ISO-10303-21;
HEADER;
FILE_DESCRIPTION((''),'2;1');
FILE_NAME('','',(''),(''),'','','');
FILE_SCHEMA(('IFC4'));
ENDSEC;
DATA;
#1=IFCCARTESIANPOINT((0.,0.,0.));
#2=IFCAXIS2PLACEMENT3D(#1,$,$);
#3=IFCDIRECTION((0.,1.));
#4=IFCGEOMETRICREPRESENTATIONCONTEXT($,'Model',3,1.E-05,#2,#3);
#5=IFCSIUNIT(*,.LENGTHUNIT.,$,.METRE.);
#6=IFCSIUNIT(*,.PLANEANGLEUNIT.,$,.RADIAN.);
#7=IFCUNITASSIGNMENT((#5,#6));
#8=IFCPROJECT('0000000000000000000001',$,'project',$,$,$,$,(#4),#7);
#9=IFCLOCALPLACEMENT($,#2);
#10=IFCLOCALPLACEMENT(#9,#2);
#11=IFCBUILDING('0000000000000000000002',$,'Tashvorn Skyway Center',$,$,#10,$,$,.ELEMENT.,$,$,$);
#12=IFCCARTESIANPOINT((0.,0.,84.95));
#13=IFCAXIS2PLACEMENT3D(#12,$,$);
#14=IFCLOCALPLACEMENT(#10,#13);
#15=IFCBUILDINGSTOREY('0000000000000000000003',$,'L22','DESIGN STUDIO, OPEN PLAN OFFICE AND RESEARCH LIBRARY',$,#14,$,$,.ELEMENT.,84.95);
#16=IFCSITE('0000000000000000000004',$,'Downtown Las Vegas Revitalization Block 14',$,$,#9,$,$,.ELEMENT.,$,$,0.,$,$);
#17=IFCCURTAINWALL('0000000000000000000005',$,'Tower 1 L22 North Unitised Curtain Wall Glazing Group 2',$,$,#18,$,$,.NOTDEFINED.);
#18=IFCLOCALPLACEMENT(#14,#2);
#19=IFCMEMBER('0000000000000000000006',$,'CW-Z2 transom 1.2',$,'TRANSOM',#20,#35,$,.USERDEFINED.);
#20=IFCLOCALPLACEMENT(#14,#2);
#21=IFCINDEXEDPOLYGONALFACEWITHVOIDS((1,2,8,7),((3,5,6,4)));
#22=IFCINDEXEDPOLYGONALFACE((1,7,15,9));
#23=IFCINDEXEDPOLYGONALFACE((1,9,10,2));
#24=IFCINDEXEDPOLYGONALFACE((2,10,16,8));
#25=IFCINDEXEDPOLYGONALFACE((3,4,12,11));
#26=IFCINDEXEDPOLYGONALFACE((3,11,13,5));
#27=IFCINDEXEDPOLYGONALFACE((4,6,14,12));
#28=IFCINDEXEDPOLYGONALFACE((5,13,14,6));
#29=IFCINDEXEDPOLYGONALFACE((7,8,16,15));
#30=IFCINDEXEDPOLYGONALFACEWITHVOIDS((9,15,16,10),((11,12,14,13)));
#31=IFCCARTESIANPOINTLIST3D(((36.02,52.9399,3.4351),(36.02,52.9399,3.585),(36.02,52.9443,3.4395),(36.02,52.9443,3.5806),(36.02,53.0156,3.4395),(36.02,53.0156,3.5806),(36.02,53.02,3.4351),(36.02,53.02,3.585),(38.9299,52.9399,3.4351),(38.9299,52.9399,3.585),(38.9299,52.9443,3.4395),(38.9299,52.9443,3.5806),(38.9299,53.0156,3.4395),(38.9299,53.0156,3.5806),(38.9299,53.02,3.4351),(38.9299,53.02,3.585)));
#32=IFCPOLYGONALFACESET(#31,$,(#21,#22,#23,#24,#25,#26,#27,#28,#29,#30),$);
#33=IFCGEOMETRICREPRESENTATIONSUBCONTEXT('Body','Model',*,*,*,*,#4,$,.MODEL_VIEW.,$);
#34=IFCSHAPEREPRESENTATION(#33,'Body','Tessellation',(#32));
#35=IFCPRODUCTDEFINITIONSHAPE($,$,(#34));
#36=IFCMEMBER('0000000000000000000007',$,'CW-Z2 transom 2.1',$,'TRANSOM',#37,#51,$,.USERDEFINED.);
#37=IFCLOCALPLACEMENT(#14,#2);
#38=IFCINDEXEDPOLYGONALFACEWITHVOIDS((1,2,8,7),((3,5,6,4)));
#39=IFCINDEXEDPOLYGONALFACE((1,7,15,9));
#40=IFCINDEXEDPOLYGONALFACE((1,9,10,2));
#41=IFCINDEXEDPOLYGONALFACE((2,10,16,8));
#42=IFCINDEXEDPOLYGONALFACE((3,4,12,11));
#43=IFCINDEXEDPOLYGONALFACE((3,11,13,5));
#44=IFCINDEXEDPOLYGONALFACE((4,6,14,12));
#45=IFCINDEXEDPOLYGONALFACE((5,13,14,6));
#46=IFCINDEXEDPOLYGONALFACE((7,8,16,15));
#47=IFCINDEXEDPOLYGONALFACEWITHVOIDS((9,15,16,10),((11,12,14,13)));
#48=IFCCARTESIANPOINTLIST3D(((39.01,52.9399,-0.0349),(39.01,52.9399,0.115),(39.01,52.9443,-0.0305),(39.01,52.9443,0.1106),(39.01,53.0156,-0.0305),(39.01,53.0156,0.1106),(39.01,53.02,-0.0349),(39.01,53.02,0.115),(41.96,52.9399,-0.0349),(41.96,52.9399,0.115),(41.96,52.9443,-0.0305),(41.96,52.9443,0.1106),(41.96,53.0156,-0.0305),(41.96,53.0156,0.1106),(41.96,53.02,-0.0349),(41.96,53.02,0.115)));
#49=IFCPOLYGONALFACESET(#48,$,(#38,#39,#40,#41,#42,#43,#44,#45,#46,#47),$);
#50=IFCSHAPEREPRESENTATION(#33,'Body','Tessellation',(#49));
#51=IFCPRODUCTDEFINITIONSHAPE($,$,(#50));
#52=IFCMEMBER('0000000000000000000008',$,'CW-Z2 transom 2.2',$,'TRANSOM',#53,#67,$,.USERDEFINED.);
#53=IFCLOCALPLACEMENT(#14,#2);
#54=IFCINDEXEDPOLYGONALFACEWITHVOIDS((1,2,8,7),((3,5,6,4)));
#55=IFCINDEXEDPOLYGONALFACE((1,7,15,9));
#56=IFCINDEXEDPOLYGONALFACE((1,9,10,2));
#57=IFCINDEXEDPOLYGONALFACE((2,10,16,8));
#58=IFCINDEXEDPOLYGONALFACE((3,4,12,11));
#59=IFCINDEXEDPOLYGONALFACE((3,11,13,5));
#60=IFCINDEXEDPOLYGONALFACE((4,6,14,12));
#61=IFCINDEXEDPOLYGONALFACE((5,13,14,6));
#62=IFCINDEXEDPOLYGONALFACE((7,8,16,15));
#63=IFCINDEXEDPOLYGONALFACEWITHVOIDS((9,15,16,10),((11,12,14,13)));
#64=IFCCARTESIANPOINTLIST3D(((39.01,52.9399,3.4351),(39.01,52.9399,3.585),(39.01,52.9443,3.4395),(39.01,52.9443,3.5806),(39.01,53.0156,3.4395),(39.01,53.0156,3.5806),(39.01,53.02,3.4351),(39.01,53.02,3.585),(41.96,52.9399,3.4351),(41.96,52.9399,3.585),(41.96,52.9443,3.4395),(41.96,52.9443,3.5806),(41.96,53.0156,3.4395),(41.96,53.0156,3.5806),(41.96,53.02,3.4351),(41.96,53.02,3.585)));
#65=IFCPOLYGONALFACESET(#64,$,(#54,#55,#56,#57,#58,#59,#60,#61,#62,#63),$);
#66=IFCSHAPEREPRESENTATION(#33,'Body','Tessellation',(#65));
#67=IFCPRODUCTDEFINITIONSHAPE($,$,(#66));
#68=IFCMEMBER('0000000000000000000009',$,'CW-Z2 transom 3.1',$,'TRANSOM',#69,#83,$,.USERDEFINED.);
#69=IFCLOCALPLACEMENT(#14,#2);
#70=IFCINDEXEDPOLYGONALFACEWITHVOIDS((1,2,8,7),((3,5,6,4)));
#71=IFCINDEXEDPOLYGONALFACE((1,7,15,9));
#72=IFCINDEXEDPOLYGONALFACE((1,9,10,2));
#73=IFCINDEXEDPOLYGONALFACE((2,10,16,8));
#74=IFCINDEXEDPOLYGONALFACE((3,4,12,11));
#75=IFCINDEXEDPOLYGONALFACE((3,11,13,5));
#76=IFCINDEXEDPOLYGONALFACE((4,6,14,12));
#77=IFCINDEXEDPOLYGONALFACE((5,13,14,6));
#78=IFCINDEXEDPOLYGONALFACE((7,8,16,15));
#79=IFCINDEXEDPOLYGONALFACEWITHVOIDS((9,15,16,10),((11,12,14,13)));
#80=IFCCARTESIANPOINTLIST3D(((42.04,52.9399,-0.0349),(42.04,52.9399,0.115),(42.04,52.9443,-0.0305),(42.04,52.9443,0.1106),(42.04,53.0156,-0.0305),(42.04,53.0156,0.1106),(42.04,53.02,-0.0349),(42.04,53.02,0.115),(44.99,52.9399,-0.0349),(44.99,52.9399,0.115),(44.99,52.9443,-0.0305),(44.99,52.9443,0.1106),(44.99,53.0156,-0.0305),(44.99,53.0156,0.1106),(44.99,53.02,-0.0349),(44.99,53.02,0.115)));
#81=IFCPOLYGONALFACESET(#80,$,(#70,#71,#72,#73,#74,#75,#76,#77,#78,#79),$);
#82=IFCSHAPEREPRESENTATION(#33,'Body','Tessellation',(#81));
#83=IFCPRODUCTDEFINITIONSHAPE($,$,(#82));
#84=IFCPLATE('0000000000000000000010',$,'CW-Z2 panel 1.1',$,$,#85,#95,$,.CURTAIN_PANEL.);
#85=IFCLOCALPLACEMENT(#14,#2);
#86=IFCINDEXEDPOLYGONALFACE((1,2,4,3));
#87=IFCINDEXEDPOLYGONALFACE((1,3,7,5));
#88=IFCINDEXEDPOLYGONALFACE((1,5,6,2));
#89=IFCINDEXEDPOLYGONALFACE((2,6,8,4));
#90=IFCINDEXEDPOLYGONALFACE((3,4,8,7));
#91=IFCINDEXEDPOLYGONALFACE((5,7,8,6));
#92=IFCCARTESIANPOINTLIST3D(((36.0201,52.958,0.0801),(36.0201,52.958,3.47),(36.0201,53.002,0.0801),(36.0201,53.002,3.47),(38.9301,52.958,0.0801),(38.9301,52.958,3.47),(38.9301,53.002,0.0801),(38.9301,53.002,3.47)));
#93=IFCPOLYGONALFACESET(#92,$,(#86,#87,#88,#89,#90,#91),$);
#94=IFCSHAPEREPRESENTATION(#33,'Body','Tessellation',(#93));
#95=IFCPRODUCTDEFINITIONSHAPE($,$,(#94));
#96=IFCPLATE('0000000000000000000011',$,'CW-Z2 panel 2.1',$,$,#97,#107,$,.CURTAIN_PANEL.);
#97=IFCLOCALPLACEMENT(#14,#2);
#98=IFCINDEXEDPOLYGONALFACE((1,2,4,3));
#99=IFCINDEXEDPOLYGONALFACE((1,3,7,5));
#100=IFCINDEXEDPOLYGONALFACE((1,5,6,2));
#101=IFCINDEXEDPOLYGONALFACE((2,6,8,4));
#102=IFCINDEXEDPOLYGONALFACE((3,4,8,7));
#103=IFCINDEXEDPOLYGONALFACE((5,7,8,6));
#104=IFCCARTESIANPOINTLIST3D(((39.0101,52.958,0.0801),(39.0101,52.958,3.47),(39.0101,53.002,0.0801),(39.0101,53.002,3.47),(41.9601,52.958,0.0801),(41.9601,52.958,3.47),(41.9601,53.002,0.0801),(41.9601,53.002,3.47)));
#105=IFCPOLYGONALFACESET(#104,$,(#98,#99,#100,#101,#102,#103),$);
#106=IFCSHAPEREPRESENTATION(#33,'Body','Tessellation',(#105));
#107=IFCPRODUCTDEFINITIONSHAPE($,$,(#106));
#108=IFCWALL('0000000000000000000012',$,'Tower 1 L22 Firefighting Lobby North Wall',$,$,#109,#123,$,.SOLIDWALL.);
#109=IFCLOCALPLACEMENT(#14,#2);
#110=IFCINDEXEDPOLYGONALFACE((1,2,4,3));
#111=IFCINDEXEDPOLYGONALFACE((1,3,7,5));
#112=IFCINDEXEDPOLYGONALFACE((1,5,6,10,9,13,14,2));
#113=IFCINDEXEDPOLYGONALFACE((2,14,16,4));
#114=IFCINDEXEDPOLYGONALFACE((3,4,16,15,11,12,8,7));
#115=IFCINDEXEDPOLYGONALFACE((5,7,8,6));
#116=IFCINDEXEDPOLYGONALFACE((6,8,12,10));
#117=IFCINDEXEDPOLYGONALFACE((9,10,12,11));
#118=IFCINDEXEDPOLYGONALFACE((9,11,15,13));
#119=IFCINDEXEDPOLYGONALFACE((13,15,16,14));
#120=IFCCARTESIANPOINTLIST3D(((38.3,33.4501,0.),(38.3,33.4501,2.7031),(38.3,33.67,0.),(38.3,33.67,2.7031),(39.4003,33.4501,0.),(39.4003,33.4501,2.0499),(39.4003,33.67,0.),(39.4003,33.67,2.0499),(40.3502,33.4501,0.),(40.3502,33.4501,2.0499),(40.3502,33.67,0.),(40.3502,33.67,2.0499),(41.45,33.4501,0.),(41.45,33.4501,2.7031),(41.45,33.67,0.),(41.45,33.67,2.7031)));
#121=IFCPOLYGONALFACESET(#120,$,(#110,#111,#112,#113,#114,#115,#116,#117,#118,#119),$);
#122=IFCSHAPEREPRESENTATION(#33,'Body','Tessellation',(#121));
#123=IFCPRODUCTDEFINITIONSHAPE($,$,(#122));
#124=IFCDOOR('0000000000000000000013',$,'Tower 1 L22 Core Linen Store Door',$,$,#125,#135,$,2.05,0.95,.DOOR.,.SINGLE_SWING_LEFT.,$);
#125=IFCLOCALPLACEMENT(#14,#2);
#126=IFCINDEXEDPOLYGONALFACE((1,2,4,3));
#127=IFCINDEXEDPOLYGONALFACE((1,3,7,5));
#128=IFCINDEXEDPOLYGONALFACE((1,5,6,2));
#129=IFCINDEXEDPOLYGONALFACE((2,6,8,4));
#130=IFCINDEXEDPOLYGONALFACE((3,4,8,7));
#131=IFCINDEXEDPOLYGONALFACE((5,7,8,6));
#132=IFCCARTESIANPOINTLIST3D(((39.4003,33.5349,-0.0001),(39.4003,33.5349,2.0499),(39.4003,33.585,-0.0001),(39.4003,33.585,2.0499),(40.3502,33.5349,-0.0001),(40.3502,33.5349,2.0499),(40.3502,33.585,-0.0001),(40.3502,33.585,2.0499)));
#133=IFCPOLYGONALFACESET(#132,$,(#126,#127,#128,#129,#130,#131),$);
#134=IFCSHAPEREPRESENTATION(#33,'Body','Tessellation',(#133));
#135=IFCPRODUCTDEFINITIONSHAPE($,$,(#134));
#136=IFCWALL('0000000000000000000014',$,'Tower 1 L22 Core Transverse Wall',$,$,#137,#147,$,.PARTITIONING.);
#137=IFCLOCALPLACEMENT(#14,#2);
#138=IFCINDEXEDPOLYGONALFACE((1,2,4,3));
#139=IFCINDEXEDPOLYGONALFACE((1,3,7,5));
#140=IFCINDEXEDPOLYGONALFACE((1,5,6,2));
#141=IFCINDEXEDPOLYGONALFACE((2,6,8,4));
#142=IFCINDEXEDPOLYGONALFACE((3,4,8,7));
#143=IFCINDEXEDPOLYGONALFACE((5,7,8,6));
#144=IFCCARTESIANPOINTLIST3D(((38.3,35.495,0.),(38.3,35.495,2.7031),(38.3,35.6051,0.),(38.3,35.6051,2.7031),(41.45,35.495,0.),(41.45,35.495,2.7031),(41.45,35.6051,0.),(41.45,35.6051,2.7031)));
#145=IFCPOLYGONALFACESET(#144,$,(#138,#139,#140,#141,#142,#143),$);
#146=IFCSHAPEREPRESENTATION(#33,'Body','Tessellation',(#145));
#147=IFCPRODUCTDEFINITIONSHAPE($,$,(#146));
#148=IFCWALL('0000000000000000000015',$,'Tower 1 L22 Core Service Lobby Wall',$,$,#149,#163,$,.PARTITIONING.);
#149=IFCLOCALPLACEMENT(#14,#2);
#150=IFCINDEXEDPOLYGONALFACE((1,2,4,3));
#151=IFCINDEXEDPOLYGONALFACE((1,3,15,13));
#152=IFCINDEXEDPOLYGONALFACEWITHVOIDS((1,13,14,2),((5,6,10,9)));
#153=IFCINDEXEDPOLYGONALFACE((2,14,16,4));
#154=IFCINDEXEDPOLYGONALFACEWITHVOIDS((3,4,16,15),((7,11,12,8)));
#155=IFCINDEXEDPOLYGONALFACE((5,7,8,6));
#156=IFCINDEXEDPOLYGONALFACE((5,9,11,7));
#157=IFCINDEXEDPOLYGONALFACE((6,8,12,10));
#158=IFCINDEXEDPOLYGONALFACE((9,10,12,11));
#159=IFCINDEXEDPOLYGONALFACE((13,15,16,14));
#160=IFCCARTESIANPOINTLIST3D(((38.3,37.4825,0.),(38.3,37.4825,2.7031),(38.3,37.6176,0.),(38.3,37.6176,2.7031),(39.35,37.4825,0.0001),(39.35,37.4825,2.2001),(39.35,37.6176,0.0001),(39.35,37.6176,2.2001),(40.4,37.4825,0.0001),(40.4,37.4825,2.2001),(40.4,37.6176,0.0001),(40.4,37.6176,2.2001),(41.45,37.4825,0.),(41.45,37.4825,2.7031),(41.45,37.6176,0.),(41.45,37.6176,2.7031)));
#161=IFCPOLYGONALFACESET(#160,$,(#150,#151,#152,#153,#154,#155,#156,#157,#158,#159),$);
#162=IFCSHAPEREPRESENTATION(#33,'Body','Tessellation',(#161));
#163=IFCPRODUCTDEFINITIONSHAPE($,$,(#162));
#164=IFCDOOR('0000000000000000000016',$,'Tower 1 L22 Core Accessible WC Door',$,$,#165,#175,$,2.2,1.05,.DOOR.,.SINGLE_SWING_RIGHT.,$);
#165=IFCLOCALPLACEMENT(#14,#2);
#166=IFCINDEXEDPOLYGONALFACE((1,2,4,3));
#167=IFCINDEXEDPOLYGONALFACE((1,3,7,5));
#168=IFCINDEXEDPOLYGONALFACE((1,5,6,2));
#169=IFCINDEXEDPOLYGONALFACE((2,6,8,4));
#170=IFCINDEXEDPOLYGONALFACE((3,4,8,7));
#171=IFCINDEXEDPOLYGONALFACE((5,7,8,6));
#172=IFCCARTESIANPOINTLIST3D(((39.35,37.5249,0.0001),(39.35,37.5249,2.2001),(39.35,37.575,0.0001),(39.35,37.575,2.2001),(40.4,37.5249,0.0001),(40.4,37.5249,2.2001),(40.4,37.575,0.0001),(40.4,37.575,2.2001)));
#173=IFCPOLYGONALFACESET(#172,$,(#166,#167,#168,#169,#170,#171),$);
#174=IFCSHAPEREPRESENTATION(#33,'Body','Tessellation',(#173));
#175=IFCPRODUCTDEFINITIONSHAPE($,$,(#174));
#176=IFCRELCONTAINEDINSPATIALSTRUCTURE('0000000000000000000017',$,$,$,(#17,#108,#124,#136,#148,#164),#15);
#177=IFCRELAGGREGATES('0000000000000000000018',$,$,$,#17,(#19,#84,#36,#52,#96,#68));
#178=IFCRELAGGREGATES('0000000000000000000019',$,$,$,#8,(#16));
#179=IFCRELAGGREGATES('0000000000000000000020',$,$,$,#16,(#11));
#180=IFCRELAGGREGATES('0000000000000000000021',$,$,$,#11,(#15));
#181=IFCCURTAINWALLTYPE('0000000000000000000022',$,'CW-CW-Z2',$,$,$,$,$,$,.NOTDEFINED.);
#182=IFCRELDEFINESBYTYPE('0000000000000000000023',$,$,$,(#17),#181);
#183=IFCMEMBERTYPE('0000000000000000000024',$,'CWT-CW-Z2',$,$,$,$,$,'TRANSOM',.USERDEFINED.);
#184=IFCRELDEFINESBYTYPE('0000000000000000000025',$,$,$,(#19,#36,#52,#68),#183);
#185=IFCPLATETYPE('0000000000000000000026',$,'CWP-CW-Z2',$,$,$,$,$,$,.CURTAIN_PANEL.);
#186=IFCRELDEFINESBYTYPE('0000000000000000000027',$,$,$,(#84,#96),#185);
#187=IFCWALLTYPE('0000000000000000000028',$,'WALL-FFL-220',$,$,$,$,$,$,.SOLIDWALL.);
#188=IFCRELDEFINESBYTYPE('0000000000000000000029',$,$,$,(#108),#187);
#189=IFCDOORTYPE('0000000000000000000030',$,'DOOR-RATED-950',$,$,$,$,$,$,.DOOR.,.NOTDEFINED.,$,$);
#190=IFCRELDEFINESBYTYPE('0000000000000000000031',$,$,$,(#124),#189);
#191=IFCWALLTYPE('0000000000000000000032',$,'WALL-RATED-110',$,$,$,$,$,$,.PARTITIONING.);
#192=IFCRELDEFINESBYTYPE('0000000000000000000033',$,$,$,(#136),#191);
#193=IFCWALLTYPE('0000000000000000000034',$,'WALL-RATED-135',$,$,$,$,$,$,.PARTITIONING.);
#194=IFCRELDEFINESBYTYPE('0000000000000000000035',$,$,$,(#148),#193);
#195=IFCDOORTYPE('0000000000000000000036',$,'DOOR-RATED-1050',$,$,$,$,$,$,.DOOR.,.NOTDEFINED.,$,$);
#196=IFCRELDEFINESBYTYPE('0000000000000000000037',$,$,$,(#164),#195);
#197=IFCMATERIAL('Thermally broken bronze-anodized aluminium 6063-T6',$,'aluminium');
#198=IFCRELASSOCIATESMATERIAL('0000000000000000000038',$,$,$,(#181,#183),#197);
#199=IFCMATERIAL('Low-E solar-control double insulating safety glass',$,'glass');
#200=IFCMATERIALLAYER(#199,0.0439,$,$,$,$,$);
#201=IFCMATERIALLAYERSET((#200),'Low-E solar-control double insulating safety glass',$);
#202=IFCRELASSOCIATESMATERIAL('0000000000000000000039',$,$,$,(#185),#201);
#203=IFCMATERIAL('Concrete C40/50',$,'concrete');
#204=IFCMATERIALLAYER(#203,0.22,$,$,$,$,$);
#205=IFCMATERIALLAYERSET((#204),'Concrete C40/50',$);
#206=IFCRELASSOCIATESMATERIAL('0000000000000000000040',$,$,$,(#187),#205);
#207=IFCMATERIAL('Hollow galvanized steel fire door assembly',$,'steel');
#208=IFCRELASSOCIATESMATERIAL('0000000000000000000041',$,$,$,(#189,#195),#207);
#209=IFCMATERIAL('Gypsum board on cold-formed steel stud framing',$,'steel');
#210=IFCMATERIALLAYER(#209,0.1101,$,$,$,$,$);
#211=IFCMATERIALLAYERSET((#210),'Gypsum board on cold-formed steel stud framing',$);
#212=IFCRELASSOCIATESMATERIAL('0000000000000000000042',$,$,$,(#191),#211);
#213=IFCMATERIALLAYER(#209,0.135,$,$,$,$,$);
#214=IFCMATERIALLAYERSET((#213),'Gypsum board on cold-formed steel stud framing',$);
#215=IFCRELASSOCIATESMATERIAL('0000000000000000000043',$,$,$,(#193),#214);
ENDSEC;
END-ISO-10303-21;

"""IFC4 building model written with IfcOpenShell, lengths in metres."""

from ifc_helpers import new_model, si_unit, direction, frame, frame_2d, origin, origin_2d, place, context, subcontext, project, spatial, rectangle, hollow_rectangle, extrude, material, layer, layer_set, material_profile, profile_set, type_object, element, fill, aggregate, save


model = new_model("IFC4")

# Units and contexts
model_context = context("Model", 3, precision=1e-05, world=origin(), true_north=direction((0.0, 1.0)))
body_context = subcontext(model_context, "Body", "Model", "MODEL_VIEW")
ifc_project = project(units=[si_unit("LENGTHUNIT", "METRE"), si_unit("PLANEANGLEUNIT", "RADIAN")], contexts=[model_context])

# Site, building, storey
site_placement = place(None, origin())
site = spatial("IfcSite", under=ifc_project, at=site_placement, Name="Downtown Las Vegas Revitalization Block 14", CompositionType="ELEMENT", RefElevation=0.0)
building_placement = place(site_placement, origin())
building = spatial("IfcBuilding", under=site, at=building_placement, Name="Tashvorn Skyway Center", CompositionType="ELEMENT")
storey_placement = place(building_placement, frame((0.0, 0.0, 84.95)))
storey = spatial("IfcBuildingStorey", under=building, at=storey_placement, Name="L22", Description="DESIGN STUDIO, OPEN PLAN OFFICE AND RESEARCH LIBRARY", CompositionType="ELEMENT", Elevation=84.95)

# Curtain wall, members, plates
ifc_material_1 = material(Name="Thermally broken bronze-anodized aluminium 6063-T6", Category="aluminium")
curtain_wall_type = type_object("IfcCurtainWallType", Name="CW-CW-Z2", PredefinedType="NOTDEFINED", material=ifc_material_1)
curtain_wall_placement = place(storey_placement, origin())
curtain_wall = element("IfcCurtainWall", 1, at=curtain_wall_placement, inside=storey, type_object=curtain_wall_type, Name="Tower 1 L22 North Unitised Curtain Wall Glazing Group 2", PredefinedType="NOTDEFINED")
ifc_material_profile_1 = material_profile(ifc_material_1, hollow_rectangle(XDim=0.0801, YDim=0.1499, WallThickness=0.0044, at=origin_2d()), Name="ALU-TRAN-80x150")
ifc_profile_set_1 = profile_set([ifc_material_profile_1], Name="Thermally broken bronze-anodized aluminium 6063-T6")
member_type_1 = type_object("IfcMemberType", Name="CWT-CW-Z2", ElementType="TRANSOM", PredefinedType="USERDEFINED", material=ifc_profile_set_1)
member_1_placement = place(storey_placement, frame((36.02, 52.98, 3.51), z_axis=(1.0, 0.0, 0.0), x_axis=(0.0, 1.0, 0.0)))
member_1 = element("IfcMember", 2, at=member_1_placement, type_object=member_type_1, Name="CW-Z2 transom 1.2", ObjectType="TRANSOM", PredefinedType="USERDEFINED", context=body_context, shape_type="SweptSolid", body=[
    extrude(hollow_rectangle(XDim=0.0801, YDim=0.1499, WallThickness=0.0044, at=origin_2d()), origin(), (0.0, 0.0, 1.0), 2.9099),
])
member_2_placement = place(storey_placement, frame((39.01, 52.98, 0.04), z_axis=(1.0, 0.0, 0.0), x_axis=(0.0, 1.0, 0.0)))
member_2 = element("IfcMember", 3, at=member_2_placement, type_object=member_type_1, Name="CW-Z2 transom 2.1", ObjectType="TRANSOM", PredefinedType="USERDEFINED", context=body_context, shape_type="SweptSolid", body=[
    extrude(hollow_rectangle(XDim=0.0801, YDim=0.1499, WallThickness=0.0044, at=origin_2d()), origin(), (0.0, 0.0, 1.0), 2.95),
])
member_3_placement = place(storey_placement, frame((39.01, 52.98, 3.51), z_axis=(1.0, 0.0, 0.0), x_axis=(0.0, 1.0, 0.0)))
member_3 = element("IfcMember", 4, at=member_3_placement, type_object=member_type_1, Name="CW-Z2 transom 2.2", ObjectType="TRANSOM", PredefinedType="USERDEFINED", context=body_context, shape_type="SweptSolid", body=[
    extrude(hollow_rectangle(XDim=0.0801, YDim=0.1499, WallThickness=0.0044, at=origin_2d()), origin(), (0.0, 0.0, 1.0), 2.95),
])
member_4_placement = place(storey_placement, frame((42.04, 52.98, 0.04), z_axis=(1.0, 0.0, 0.0), x_axis=(0.0, 1.0, 0.0)))
member_4 = element("IfcMember", 5, at=member_4_placement, type_object=member_type_1, Name="CW-Z2 transom 3.1", ObjectType="TRANSOM", PredefinedType="USERDEFINED", context=body_context, shape_type="SweptSolid", body=[
    extrude(hollow_rectangle(XDim=0.0801, YDim=0.1499, WallThickness=0.0044, at=origin_2d()), origin(), (0.0, 0.0, 1.0), 2.95),
])
ifc_material_2 = material(Name="Low-E solar-control double insulating safety glass", Category="glass")
ifc_layer_1 = layer(ifc_material_2, 0.0439)
ifc_layer_set_1 = layer_set([ifc_layer_1], Name="Low-E solar-control double insulating safety glass")
plate_type = type_object("IfcPlateType", Name="CWP-CW-Z2", PredefinedType="CURTAIN_PANEL", material=ifc_layer_set_1)
plate_1_placement = place(storey_placement, frame((37.4751, 52.98, 0.0801), z_axis=(0.0, 0.0, 1.0), x_axis=(1.0, 0.0, 0.0)))
plate_1 = element("IfcPlate", 6, at=plate_1_placement, type_object=plate_type, Name="CW-Z2 panel 1.1", PredefinedType="CURTAIN_PANEL", context=body_context, shape_type="SweptSolid", body=[
    extrude(rectangle(XDim=2.9099, YDim=0.0439, at=origin_2d()), origin(), (0.0, 0.0, 1.0), 3.3899),
])
plate_2_placement = place(storey_placement, frame((40.4851, 52.98, 0.0801), z_axis=(0.0, 0.0, 1.0), x_axis=(1.0, 0.0, 0.0)))
plate_2 = element("IfcPlate", 7, at=plate_2_placement, type_object=plate_type, Name="CW-Z2 panel 2.1", PredefinedType="CURTAIN_PANEL", context=body_context, shape_type="SweptSolid", body=[
    extrude(rectangle(XDim=2.95, YDim=0.0439, at=origin_2d()), origin(), (0.0, 0.0, 1.0), 3.3899),
])
aggregate(curtain_wall, [member_1, plate_1, member_2, member_3, plate_2, member_4])

# Wall, opening, door
ifc_material_3 = material(Name="Concrete C40/50", Category="concrete")
ifc_layer_2 = layer(ifc_material_3, 0.22)
ifc_layer_set_2 = layer_set([ifc_layer_2], Name="Concrete C40/50")
wall_type_1 = type_object("IfcWallType", Name="WALL-FFL-220", PredefinedType="SOLIDWALL", material=ifc_layer_set_2)
wall_1_placement = place(storey_placement, frame((38.3, 33.5601, 0.0), z_axis=(0.0, 0.0, 1.0), x_axis=(1.0, 0.0, 0.0)))
wall_1 = element("IfcWall", 8, at=wall_1_placement, inside=storey, type_object=wall_type_1, Name="Tower 1 L22 Firefighting Lobby North Wall", PredefinedType="SOLIDWALL", context=body_context, shape_type="SweptSolid", body=[
    extrude(rectangle(XDim=3.1499, YDim=0.22, at=frame_2d((1.575, 0.0))), origin(), (0.0, 0.0, 1.0), 2.7031),
])
opening_1_placement = place(wall_1_placement, frame((1.1001, 0.0, 0.0)))
opening_1 = element("IfcOpeningElement", 9, at=opening_1_placement, cuts=wall_1, PredefinedType="OPENING", context=body_context, shape_type="SweptSolid", body=[
    extrude(rectangle(XDim=0.95, YDim=2.05, at=frame_2d((0.4751, 1.0249))), frame((0.0, 0.1199, 0.0), z_axis=(0.0, -1.0, 0.0), x_axis=(1.0, 0.0, 0.0)), (0.0, 0.0, 1.0), 0.24),
])
ifc_material_4 = material(Name="Hollow galvanized steel fire door assembly", Category="steel")
door_type_1 = type_object("IfcDoorType", Name="DOOR-RATED-950", OperationType="NOTDEFINED", PredefinedType="DOOR", material=ifc_material_4)
door_1_placement = place(opening_1_placement, origin())
door_1 = element("IfcDoor", 10, at=door_1_placement, inside=storey, type_object=door_type_1, Name="Tower 1 L22 Core Linen Store Door", OperationType="SINGLE_SWING_LEFT", OverallHeight=2.05, OverallWidth=0.95, PredefinedType="DOOR", context=body_context, shape_type="SweptSolid", body=[
    extrude(rectangle(XDim=0.95, YDim=2.05, at=frame_2d((0.4751, 1.0249))), frame((0.0, 0.0249, 0.0), z_axis=(0.0, -1.0, 0.0), x_axis=(1.0, 0.0, 0.0)), (0.0, 0.0, 1.0), 0.05),
])
fill(opening_1, door_1)

# Wall
ifc_material_5 = material(Name="Gypsum board on cold-formed steel stud framing", Category="steel")
ifc_layer_3 = layer(ifc_material_5, 0.1101)
ifc_layer_set_3 = layer_set([ifc_layer_3], Name="Gypsum board on cold-formed steel stud framing")
wall_type_2 = type_object("IfcWallType", Name="WALL-RATED-110", PredefinedType="PARTITIONING", material=ifc_layer_set_3)
wall_2_placement = place(storey_placement, frame((38.3, 35.55, 0.0), z_axis=(0.0, 0.0, 1.0), x_axis=(1.0, 0.0, 0.0)))
element("IfcWall", 11, at=wall_2_placement, inside=storey, type_object=wall_type_2, Name="Tower 1 L22 Core Transverse Wall", PredefinedType="PARTITIONING", context=body_context, shape_type="SweptSolid", body=[
    extrude(rectangle(XDim=3.1499, YDim=0.1101, at=frame_2d((1.575, 0.0))), origin(), (0.0, 0.0, 1.0), 2.7031),
])

# Wall, opening, door
ifc_layer_4 = layer(ifc_material_5, 0.135)
ifc_layer_set_4 = layer_set([ifc_layer_4], Name="Gypsum board on cold-formed steel stud framing")
wall_type_3 = type_object("IfcWallType", Name="WALL-RATED-135", PredefinedType="PARTITIONING", material=ifc_layer_set_4)
wall_3_placement = place(storey_placement, frame((38.3, 37.55, 0.0), z_axis=(0.0, 0.0, 1.0), x_axis=(1.0, 0.0, 0.0)))
wall_3 = element("IfcWall", 12, at=wall_3_placement, inside=storey, type_object=wall_type_3, Name="Tower 1 L22 Core Service Lobby Wall", PredefinedType="PARTITIONING", context=body_context, shape_type="SweptSolid", body=[
    extrude(rectangle(XDim=3.1499, YDim=0.135, at=frame_2d((1.575, 0.0))), origin(), (0.0, 0.0, 1.0), 2.7031),
])
opening_2_placement = place(wall_3_placement, frame((1.05, 0.0, 0.0)))
opening_2 = element("IfcOpeningElement", 13, at=opening_2_placement, cuts=wall_3, PredefinedType="OPENING", context=body_context, shape_type="SweptSolid", body=[
    extrude(rectangle(XDim=1.05, YDim=2.2, at=frame_2d((0.5249, 1.1001))), frame((0.0, 0.0774, 0.0), z_axis=(0.0, -1.0, 0.0), x_axis=(1.0, 0.0, 0.0)), (0.0, 0.0, 1.0), 0.155),
])
door_type_2 = type_object("IfcDoorType", Name="DOOR-RATED-1050", OperationType="NOTDEFINED", PredefinedType="DOOR", material=ifc_material_4)
door_2_placement = place(opening_2_placement, origin())
door_2 = element("IfcDoor", 14, at=door_2_placement, inside=storey, type_object=door_type_2, Name="Tower 1 L22 Core Accessible WC Door", OperationType="SINGLE_SWING_RIGHT", OverallHeight=2.2, OverallWidth=1.05, PredefinedType="DOOR", context=body_context, shape_type="SweptSolid", body=[
    extrude(rectangle(XDim=1.05, YDim=2.2, at=frame_2d((0.5249, 1.1001))), frame((0.0, 0.0249, 0.0), z_axis=(0.0, -1.0, 0.0), x_axis=(1.0, 0.0, 0.0)), (0.0, 0.0, 1.0), 0.05),
])
fill(opening_2, door_2)

save(model, "model.ifc")
